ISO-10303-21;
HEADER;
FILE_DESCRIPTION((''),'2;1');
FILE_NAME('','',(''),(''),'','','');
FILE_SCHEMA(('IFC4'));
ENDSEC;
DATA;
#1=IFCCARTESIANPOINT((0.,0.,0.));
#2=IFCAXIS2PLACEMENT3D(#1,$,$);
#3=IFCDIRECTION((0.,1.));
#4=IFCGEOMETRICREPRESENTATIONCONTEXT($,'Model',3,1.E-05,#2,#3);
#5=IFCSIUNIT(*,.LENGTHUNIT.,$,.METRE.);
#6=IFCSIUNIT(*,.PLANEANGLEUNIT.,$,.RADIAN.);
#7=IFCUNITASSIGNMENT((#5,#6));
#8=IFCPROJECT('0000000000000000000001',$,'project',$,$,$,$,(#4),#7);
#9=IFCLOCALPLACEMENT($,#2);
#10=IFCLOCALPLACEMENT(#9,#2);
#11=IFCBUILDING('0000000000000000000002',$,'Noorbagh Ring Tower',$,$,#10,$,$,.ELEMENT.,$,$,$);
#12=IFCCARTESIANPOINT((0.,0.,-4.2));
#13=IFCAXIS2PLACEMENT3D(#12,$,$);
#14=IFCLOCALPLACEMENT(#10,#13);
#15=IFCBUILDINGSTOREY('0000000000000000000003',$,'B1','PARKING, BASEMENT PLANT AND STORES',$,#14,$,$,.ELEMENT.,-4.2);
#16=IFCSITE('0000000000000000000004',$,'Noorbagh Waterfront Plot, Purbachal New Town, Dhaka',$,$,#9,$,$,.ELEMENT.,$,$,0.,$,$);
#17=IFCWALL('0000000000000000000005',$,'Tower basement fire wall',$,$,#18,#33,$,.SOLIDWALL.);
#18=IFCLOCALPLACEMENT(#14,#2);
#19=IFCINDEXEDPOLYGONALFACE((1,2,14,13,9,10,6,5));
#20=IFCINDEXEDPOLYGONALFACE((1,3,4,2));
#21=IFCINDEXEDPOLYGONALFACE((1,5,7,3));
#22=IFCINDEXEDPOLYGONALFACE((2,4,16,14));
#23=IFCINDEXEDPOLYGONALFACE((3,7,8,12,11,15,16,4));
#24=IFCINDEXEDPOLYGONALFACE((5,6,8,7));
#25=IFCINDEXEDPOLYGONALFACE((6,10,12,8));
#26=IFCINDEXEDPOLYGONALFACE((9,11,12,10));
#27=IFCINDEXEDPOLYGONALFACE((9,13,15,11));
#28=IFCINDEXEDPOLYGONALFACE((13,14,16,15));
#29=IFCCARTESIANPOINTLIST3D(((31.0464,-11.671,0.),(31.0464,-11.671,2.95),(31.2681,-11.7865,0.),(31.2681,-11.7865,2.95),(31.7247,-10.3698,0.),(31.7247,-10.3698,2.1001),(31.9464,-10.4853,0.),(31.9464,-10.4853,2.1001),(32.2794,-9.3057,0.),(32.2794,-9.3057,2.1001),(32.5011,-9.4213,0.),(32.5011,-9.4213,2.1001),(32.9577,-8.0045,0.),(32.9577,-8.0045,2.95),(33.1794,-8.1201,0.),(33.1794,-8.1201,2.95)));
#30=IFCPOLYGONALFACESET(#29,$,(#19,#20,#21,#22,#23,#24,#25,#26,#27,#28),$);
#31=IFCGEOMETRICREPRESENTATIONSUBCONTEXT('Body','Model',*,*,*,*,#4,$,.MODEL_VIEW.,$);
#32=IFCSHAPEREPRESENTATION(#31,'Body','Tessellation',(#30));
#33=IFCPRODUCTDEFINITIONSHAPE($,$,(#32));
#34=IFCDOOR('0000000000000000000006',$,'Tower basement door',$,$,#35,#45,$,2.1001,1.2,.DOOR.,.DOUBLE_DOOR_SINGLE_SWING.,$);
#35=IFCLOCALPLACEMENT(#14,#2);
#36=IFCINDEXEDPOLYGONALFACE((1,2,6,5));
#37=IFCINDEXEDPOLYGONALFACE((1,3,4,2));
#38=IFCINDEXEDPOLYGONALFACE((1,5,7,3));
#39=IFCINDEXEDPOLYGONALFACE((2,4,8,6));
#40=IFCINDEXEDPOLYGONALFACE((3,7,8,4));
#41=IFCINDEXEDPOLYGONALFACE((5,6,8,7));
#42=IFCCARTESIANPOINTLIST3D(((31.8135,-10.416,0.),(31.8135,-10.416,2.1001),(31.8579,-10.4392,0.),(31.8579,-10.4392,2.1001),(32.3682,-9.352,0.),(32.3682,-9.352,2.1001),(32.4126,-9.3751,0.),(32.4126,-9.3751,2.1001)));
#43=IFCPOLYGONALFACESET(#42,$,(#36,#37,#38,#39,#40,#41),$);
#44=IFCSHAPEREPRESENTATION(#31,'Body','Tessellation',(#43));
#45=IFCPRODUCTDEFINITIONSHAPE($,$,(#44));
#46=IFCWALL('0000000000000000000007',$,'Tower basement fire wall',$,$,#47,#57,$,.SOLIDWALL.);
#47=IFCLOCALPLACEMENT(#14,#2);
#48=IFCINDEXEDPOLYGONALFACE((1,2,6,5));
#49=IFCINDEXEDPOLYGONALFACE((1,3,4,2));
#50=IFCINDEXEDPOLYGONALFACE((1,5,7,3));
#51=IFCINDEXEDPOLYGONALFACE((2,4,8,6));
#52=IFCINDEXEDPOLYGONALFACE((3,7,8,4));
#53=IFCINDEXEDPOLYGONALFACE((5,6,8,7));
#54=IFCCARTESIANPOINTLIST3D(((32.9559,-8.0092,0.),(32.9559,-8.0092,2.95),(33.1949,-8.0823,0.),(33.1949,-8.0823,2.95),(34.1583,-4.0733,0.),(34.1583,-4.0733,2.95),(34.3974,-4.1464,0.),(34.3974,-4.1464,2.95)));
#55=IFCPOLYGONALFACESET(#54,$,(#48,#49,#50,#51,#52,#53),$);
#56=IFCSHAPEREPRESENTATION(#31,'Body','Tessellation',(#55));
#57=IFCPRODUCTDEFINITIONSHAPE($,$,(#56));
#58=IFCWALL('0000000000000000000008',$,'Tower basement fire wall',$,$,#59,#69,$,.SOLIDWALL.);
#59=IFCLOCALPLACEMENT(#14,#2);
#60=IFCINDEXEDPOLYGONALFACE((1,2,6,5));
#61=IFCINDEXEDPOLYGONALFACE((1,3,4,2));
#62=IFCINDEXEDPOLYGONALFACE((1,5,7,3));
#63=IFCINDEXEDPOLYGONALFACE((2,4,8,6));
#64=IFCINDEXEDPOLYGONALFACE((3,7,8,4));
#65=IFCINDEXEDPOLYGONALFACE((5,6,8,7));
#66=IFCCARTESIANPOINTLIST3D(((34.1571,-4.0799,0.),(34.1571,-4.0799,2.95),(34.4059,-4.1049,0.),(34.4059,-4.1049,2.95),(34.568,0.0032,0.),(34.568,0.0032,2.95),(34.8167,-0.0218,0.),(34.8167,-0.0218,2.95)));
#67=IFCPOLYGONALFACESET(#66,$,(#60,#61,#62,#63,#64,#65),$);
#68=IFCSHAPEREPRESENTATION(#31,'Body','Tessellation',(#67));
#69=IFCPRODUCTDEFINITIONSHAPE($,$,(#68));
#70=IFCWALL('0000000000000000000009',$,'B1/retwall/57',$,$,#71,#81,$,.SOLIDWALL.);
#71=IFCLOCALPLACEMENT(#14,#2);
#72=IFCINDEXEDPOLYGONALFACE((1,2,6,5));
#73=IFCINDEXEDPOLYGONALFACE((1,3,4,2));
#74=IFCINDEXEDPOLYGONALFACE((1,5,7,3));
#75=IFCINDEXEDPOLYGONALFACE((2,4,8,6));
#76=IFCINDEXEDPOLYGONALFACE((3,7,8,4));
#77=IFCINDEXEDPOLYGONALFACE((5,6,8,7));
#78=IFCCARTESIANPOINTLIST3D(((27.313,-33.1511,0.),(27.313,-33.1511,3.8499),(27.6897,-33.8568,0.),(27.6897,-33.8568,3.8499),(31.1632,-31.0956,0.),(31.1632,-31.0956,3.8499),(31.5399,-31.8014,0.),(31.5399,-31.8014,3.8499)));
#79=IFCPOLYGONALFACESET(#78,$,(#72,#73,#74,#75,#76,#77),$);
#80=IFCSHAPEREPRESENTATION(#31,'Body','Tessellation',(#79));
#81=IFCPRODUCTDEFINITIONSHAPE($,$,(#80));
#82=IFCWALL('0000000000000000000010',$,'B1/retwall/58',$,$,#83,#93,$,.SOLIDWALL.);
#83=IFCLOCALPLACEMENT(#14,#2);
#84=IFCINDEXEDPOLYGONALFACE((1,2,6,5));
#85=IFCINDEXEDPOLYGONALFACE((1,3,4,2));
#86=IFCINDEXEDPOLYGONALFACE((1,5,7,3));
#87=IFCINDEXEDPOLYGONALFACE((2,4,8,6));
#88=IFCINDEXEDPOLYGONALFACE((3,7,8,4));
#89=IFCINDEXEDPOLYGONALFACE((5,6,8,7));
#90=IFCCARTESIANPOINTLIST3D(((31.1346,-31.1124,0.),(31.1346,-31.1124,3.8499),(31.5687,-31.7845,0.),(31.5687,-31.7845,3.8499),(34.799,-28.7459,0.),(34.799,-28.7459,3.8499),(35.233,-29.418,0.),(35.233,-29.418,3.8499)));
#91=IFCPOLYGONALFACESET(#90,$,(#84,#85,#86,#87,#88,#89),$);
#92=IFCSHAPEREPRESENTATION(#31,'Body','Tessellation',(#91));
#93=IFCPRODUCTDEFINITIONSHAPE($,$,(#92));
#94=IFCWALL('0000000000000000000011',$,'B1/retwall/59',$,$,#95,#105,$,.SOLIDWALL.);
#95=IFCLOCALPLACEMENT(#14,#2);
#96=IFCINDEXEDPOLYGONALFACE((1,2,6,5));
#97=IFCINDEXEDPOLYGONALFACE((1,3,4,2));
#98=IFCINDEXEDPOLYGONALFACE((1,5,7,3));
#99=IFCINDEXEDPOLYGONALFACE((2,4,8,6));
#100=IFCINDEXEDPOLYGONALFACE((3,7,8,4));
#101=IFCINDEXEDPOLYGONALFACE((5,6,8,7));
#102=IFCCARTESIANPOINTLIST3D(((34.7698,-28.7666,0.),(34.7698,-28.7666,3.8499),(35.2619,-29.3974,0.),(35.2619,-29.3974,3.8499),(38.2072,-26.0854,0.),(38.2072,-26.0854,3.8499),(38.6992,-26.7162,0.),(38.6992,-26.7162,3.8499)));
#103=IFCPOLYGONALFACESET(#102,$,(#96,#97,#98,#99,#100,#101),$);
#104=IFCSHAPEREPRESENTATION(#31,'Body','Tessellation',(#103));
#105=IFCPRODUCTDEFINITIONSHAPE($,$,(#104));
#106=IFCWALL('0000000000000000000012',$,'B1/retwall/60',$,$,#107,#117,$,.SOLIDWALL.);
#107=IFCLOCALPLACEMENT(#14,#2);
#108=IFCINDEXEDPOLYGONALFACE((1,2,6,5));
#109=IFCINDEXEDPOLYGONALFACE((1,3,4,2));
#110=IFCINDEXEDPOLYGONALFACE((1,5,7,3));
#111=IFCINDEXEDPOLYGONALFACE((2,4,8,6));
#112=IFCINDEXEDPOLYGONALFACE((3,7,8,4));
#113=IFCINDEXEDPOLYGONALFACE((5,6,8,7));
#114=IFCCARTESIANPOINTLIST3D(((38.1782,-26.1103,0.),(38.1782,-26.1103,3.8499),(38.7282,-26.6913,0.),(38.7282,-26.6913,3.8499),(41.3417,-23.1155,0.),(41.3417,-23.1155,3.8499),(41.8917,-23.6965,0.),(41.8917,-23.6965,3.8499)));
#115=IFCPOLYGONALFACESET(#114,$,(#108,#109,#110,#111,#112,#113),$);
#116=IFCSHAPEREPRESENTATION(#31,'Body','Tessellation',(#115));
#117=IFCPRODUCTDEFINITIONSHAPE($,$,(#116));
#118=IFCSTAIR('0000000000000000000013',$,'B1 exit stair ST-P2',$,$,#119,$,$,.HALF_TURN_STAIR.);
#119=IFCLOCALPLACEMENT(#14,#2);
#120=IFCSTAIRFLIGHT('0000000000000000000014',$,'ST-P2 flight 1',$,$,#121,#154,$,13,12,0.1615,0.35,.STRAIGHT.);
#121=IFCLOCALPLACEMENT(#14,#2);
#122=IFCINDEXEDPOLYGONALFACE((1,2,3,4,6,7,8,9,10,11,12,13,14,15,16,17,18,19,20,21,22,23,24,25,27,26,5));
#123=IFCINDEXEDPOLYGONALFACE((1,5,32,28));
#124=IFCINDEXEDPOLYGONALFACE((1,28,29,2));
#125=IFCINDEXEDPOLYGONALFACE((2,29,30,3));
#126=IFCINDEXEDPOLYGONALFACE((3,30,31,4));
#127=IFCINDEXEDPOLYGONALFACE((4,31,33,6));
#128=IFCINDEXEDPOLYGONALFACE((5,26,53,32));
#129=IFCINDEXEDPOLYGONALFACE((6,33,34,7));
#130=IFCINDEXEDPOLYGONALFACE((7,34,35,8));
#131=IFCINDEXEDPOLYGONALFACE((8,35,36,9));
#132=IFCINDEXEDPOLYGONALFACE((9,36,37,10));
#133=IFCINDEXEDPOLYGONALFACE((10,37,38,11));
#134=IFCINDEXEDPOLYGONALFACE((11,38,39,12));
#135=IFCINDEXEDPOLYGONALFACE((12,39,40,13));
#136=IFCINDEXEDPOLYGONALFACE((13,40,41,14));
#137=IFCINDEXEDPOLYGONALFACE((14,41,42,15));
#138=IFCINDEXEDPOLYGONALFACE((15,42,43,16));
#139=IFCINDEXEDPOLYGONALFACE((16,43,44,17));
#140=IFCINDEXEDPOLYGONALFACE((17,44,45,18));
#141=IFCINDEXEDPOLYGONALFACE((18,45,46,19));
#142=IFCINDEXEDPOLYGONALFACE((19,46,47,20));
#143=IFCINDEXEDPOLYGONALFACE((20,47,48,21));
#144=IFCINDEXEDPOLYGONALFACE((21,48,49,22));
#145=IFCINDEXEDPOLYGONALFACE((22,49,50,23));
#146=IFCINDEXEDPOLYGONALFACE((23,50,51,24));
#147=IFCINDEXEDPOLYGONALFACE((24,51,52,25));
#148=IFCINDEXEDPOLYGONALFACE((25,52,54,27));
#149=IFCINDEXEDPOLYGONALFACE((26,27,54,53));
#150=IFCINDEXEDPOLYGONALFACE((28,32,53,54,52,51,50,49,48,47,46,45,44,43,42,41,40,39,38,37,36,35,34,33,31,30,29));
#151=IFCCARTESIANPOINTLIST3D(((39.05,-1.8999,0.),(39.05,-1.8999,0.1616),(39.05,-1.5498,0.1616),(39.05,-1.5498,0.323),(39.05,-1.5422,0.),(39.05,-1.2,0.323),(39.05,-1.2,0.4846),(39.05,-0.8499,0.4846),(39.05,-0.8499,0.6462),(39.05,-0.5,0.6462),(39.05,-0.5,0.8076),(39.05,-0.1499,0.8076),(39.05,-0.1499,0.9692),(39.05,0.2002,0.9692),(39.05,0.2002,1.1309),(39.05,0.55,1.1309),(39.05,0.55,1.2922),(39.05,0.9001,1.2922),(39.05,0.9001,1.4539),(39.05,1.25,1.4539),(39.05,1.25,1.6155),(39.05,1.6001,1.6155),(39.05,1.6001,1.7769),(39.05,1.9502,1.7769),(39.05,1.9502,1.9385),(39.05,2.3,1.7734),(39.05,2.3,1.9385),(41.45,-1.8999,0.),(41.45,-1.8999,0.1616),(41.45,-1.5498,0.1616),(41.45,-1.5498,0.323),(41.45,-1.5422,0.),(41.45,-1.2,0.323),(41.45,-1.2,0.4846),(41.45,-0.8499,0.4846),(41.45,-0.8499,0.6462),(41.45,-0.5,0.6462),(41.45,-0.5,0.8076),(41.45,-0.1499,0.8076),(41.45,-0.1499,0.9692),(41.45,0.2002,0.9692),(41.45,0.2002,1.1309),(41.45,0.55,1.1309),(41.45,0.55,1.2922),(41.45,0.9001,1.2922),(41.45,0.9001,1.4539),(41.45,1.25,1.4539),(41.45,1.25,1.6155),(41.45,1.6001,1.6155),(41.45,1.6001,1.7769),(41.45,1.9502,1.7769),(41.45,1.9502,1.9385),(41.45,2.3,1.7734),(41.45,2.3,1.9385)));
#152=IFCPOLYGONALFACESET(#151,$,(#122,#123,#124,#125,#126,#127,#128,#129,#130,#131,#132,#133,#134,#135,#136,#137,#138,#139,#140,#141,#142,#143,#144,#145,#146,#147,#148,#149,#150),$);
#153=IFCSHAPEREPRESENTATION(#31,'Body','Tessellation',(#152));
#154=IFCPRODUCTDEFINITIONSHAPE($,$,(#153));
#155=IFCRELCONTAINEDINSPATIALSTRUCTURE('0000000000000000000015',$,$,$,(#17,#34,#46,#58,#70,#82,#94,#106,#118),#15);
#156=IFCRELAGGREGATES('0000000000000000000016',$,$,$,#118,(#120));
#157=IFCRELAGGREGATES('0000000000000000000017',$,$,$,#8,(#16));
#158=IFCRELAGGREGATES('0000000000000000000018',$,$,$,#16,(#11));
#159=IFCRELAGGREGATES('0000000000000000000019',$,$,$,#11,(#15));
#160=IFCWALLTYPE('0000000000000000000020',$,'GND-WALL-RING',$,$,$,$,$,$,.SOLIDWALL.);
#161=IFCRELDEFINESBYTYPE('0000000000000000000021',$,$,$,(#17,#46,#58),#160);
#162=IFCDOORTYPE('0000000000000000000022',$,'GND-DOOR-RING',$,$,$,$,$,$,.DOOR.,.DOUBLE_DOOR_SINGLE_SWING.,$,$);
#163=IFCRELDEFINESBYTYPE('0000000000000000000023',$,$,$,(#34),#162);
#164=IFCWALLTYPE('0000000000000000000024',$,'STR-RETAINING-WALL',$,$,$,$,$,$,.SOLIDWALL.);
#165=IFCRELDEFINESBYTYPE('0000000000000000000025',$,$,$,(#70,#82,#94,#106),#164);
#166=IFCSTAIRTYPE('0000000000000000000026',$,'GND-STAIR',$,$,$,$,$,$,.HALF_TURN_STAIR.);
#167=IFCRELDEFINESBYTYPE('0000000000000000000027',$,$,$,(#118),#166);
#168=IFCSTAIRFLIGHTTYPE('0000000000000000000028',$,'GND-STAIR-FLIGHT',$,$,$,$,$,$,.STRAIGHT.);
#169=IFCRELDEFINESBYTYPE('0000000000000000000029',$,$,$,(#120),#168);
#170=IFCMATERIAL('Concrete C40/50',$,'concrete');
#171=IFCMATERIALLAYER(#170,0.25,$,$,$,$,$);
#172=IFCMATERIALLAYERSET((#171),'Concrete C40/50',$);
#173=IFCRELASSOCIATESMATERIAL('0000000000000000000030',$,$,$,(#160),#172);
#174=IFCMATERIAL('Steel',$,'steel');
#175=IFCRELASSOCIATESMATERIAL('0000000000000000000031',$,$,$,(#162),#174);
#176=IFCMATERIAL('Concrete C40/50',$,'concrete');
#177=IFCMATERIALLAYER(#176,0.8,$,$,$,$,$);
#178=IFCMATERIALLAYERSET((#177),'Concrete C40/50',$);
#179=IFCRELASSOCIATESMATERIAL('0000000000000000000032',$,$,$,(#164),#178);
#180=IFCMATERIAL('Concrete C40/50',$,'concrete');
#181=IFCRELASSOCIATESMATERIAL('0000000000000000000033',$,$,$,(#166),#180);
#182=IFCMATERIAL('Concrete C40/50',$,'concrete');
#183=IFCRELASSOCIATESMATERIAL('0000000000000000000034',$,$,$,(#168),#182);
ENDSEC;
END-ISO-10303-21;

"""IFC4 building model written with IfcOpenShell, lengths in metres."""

from ifc_helpers import new_model, si_unit, direction, frame, frame_2d, origin, place, context, subcontext, project, spatial, polyline, rectangle, outline, extrude, material, layer, layer_set, type_object, element, fill, aggregate, save


model = new_model("IFC4")

# Units and contexts
model_context = context("Model", 3, precision=1e-05, world=origin(), true_north=direction((0.0, 1.0)))
body_context = subcontext(model_context, "Body", "Model", "MODEL_VIEW")
ifc_project = project(units=[si_unit("LENGTHUNIT", "METRE"), si_unit("PLANEANGLEUNIT", "RADIAN")], contexts=[model_context])

# Site, building, storey
site_placement = place(None, origin())
site = spatial("IfcSite", under=ifc_project, at=site_placement, Name="Noorbagh Waterfront Plot, Purbachal New Town, Dhaka", CompositionType="ELEMENT", RefElevation=0.0)
building_placement = place(site_placement, origin())
building = spatial("IfcBuilding", under=site, at=building_placement, Name="Noorbagh Ring Tower", CompositionType="ELEMENT")
storey_placement = place(building_placement, frame((0.0, 0.0, -4.2)))
storey = spatial("IfcBuildingStorey", under=building, at=storey_placement, Name="B1", Description="PARKING, BASEMENT PLANT AND STORES", CompositionType="ELEMENT", Elevation=-4.2)

# Shared definitions
ifc_material_1 = material(Name="Concrete C40/50", Category="concrete")
ifc_layer_1 = layer(ifc_material_1, 0.25)
ifc_layer_set_1 = layer_set([ifc_layer_1], Name="Concrete C40/50")
wall_type_1 = type_object("IfcWallType", Name="GND-WALL-RING", PredefinedType="SOLIDWALL", material=ifc_layer_set_1)

# Wall, opening, door
wall_1_placement = place(storey_placement, frame((31.1572, -11.7288, 0.0), z_axis=(0.0, 0.0, 1.0), x_axis=(0.462265, 0.886742, 0.0)))
wall_1 = element("IfcWall", 1, at=wall_1_placement, inside=storey, type_object=wall_type_1, Name="Tower basement fire wall", PredefinedType="SOLIDWALL", context=body_context, shape_type="SweptSolid", body=[
    extrude(rectangle(XDim=4.1348, YDim=0.25, at=frame_2d((2.0674, 0.0))), origin(), (0.0, 0.0, 1.0), 2.95),
])
opening_1_placement = place(wall_1_placement, frame((1.4673, 0.0, 0.0)))
opening_1 = element("IfcOpeningElement", 2, at=opening_1_placement, cuts=wall_1, PredefinedType="OPENING", context=body_context, shape_type="SweptSolid", body=[
    extrude(rectangle(XDim=1.2, YDim=2.1001, at=frame_2d((0.6001, 1.05))), frame((0.0, 0.135, 0.0), z_axis=(0.0, -1.0, 0.0), x_axis=(1.0, 0.0, 0.0)), (0.0, 0.0, 1.0), 0.27),
])
ifc_material_2 = material(Name="Steel", Category="steel")
door_type_1 = type_object("IfcDoorType", Name="GND-DOOR-RING", OperationType="DOUBLE_DOOR_SINGLE_SWING", PredefinedType="DOOR", material=ifc_material_2)
door_1_placement = place(opening_1_placement, origin())
door_1 = element("IfcDoor", 3, at=door_1_placement, inside=storey, type_object=door_type_1, Name="Tower basement door", OperationType="DOUBLE_DOOR_SINGLE_SWING", OverallHeight=2.1001, OverallWidth=1.2, PredefinedType="DOOR", context=body_context, shape_type="SweptSolid", body=[
    extrude(rectangle(XDim=1.2, YDim=2.1001, at=frame_2d((0.6001, 1.05))), frame((0.0, 0.0249, 0.0), z_axis=(0.0, -1.0, 0.0), x_axis=(1.0, 0.0, 0.0)), (0.0, 0.0, 1.0), 0.05),
])
fill(opening_1, door_1)

# Walls
wall_2_placement = place(storey_placement, frame((33.0754, -8.0457, 0.0), z_axis=(0.0, 0.0, 1.0), x_axis=(0.292172, 0.956366, 0.0)))
element("IfcWall", 4, at=wall_2_placement, inside=storey, type_object=wall_type_1, Name="Tower basement fire wall", PredefinedType="SOLIDWALL", context=body_context, shape_type="SweptSolid", body=[
    extrude(rectangle(XDim=4.1155, YDim=0.25, at=frame_2d((2.0576, 0.0))), origin(), (0.0, 0.0, 1.0), 2.95),
])
wall_3_placement = place(storey_placement, frame((34.2815, -4.0923, 0.0), z_axis=(0.0, 0.0, 1.0), x_axis=(0.100122, 0.994975, 0.0)))
element("IfcWall", 5, at=wall_3_placement, inside=storey, type_object=wall_type_1, Name="Tower basement fire wall", PredefinedType="SOLIDWALL", context=body_context, shape_type="SweptSolid", body=[
    extrude(rectangle(XDim=4.1038, YDim=0.25, at=frame_2d((2.0518, 0.0))), origin(), (0.0, 0.0, 1.0), 2.95),
])
ifc_material_3 = material(Name="Concrete C40/50", Category="concrete")
ifc_layer_2 = layer(ifc_material_3, 0.8)
ifc_layer_set_2 = layer_set([ifc_layer_2], Name="Concrete C40/50")
wall_type_2 = type_object("IfcWallType", Name="STR-RETAINING-WALL", PredefinedType="SOLIDWALL", material=ifc_layer_set_2)
wall_4_placement = place(storey_placement, frame((27.5015, -33.5039, 0.0), z_axis=(0.0, 0.0, 1.0), x_axis=(0.882159, 0.470951, 0.0)))
element("IfcWall", 6, at=wall_4_placement, inside=storey, type_object=wall_type_2, Name="B1/retwall/57", PredefinedType="SOLIDWALL", context=body_context, shape_type="SweptSolid", body=[
    extrude(rectangle(XDim=4.3645, YDim=0.8, at=frame_2d((2.1821, 0.0))), origin(), (0.0, 0.0, 1.0), 3.8499),
])
wall_5_placement = place(storey_placement, frame((31.3516, -31.4485, 0.0), z_axis=(0.0, 0.0, 1.0), x_axis=(0.840047, 0.542513, 0.0)))
element("IfcWall", 7, at=wall_5_placement, inside=storey, type_object=wall_type_2, Name="B1/retwall/58", PredefinedType="SOLIDWALL", context=body_context, shape_type="SweptSolid", body=[
    extrude(rectangle(XDim=4.3621, YDim=0.8, at=frame_2d((2.1812, 0.0))), origin(), (0.0, 0.0, 1.0), 3.8499),
])
wall_6_placement = place(storey_placement, frame((35.0159, -29.082, 0.0), z_axis=(0.0, 0.0, 1.0), x_axis=(0.788492, 0.615045, 0.0)))
element("IfcWall", 8, at=wall_6_placement, inside=storey, type_object=wall_type_2, Name="B1/retwall/59", PredefinedType="SOLIDWALL", context=body_context, shape_type="SweptSolid", body=[
    extrude(rectangle(XDim=4.3594, YDim=0.8, at=frame_2d((2.1797, 0.0))), origin(), (0.0, 0.0, 1.0), 3.8499),
])
wall_7_placement = place(storey_placement, frame((38.4531, -26.4009, 0.0), z_axis=(0.0, 0.0, 1.0), x_axis=(0.726204, 0.687479, 0.0)))
element("IfcWall", 9, at=wall_7_placement, inside=storey, type_object=wall_type_2, Name="B1/retwall/60", PredefinedType="SOLIDWALL", context=body_context, shape_type="SweptSolid", body=[
    extrude(rectangle(XDim=4.3562, YDim=0.8, at=frame_2d((2.1782, 0.0))), origin(), (0.0, 0.0, 1.0), 3.8499),
])

# Stair, stair flight
ifc_material_4 = material(Name="Concrete C40/50", Category="concrete")
stair_type = type_object("IfcStairType", Name="GND-STAIR", PredefinedType="HALF_TURN_STAIR", material=ifc_material_4)
stair_placement = place(storey_placement, origin())
stair = element("IfcStair", 10, at=stair_placement, inside=storey, type_object=stair_type, Name="B1 exit stair ST-P2", PredefinedType="HALF_TURN_STAIR")
ifc_material_5 = material(Name="Concrete C40/50", Category="concrete")
stair_flight_type = type_object("IfcStairFlightType", Name="GND-STAIR-FLIGHT", PredefinedType="STRAIGHT", material=ifc_material_5)
stair_flight_placement = place(storey_placement, frame((40.25, -1.8999, 0.0), z_axis=(0.0, 0.0, 1.0), x_axis=(0.0, 1.0, 0.0)))
stair_flight = element("IfcStairFlight", 11, at=stair_flight_placement, type_object=stair_flight_type, Name="ST-P2 flight 1", NumberOfRisers=13, NumberOfTreads=12, PredefinedType="STRAIGHT", RiserHeight=0.1615, TreadLength=0.35, context=body_context, shape_type="SweptSolid", body=[
    extrude(outline(polyline([(0.0, 0.0), (0.0, 0.1616), (0.3501, 0.1616), (0.3501, 0.323), (0.7, 0.323), (0.7, 0.4846), (1.05, 0.4846), (1.05, 0.6462), (1.3999, 0.6462), (1.3999, 0.8076), (1.75, 0.8076), (1.75, 0.9692), (2.1001, 0.9692), (2.1001, 1.1309), (2.45, 1.1309), (2.45, 1.2922), (2.8, 1.2922), (2.8, 1.4539), (3.1499, 1.4539), (3.1499, 1.6155), (3.5, 1.6155), (3.5, 1.7769), (3.8501, 1.7769), (3.8501, 1.9385), (4.2, 1.9385), (4.2, 2.1001), (4.2, 1.7734), (0.3577, 0.0), (0.0, 0.0)])), frame((0.0, 1.2, 0.0), z_axis=(0.0, -1.0, 0.0), x_axis=(1.0, 0.0, 0.0)), (0.0, 0.0, 1.0), 2.3999),
])
aggregate(stair, [stair_flight])

save(model, "model.ifc")
